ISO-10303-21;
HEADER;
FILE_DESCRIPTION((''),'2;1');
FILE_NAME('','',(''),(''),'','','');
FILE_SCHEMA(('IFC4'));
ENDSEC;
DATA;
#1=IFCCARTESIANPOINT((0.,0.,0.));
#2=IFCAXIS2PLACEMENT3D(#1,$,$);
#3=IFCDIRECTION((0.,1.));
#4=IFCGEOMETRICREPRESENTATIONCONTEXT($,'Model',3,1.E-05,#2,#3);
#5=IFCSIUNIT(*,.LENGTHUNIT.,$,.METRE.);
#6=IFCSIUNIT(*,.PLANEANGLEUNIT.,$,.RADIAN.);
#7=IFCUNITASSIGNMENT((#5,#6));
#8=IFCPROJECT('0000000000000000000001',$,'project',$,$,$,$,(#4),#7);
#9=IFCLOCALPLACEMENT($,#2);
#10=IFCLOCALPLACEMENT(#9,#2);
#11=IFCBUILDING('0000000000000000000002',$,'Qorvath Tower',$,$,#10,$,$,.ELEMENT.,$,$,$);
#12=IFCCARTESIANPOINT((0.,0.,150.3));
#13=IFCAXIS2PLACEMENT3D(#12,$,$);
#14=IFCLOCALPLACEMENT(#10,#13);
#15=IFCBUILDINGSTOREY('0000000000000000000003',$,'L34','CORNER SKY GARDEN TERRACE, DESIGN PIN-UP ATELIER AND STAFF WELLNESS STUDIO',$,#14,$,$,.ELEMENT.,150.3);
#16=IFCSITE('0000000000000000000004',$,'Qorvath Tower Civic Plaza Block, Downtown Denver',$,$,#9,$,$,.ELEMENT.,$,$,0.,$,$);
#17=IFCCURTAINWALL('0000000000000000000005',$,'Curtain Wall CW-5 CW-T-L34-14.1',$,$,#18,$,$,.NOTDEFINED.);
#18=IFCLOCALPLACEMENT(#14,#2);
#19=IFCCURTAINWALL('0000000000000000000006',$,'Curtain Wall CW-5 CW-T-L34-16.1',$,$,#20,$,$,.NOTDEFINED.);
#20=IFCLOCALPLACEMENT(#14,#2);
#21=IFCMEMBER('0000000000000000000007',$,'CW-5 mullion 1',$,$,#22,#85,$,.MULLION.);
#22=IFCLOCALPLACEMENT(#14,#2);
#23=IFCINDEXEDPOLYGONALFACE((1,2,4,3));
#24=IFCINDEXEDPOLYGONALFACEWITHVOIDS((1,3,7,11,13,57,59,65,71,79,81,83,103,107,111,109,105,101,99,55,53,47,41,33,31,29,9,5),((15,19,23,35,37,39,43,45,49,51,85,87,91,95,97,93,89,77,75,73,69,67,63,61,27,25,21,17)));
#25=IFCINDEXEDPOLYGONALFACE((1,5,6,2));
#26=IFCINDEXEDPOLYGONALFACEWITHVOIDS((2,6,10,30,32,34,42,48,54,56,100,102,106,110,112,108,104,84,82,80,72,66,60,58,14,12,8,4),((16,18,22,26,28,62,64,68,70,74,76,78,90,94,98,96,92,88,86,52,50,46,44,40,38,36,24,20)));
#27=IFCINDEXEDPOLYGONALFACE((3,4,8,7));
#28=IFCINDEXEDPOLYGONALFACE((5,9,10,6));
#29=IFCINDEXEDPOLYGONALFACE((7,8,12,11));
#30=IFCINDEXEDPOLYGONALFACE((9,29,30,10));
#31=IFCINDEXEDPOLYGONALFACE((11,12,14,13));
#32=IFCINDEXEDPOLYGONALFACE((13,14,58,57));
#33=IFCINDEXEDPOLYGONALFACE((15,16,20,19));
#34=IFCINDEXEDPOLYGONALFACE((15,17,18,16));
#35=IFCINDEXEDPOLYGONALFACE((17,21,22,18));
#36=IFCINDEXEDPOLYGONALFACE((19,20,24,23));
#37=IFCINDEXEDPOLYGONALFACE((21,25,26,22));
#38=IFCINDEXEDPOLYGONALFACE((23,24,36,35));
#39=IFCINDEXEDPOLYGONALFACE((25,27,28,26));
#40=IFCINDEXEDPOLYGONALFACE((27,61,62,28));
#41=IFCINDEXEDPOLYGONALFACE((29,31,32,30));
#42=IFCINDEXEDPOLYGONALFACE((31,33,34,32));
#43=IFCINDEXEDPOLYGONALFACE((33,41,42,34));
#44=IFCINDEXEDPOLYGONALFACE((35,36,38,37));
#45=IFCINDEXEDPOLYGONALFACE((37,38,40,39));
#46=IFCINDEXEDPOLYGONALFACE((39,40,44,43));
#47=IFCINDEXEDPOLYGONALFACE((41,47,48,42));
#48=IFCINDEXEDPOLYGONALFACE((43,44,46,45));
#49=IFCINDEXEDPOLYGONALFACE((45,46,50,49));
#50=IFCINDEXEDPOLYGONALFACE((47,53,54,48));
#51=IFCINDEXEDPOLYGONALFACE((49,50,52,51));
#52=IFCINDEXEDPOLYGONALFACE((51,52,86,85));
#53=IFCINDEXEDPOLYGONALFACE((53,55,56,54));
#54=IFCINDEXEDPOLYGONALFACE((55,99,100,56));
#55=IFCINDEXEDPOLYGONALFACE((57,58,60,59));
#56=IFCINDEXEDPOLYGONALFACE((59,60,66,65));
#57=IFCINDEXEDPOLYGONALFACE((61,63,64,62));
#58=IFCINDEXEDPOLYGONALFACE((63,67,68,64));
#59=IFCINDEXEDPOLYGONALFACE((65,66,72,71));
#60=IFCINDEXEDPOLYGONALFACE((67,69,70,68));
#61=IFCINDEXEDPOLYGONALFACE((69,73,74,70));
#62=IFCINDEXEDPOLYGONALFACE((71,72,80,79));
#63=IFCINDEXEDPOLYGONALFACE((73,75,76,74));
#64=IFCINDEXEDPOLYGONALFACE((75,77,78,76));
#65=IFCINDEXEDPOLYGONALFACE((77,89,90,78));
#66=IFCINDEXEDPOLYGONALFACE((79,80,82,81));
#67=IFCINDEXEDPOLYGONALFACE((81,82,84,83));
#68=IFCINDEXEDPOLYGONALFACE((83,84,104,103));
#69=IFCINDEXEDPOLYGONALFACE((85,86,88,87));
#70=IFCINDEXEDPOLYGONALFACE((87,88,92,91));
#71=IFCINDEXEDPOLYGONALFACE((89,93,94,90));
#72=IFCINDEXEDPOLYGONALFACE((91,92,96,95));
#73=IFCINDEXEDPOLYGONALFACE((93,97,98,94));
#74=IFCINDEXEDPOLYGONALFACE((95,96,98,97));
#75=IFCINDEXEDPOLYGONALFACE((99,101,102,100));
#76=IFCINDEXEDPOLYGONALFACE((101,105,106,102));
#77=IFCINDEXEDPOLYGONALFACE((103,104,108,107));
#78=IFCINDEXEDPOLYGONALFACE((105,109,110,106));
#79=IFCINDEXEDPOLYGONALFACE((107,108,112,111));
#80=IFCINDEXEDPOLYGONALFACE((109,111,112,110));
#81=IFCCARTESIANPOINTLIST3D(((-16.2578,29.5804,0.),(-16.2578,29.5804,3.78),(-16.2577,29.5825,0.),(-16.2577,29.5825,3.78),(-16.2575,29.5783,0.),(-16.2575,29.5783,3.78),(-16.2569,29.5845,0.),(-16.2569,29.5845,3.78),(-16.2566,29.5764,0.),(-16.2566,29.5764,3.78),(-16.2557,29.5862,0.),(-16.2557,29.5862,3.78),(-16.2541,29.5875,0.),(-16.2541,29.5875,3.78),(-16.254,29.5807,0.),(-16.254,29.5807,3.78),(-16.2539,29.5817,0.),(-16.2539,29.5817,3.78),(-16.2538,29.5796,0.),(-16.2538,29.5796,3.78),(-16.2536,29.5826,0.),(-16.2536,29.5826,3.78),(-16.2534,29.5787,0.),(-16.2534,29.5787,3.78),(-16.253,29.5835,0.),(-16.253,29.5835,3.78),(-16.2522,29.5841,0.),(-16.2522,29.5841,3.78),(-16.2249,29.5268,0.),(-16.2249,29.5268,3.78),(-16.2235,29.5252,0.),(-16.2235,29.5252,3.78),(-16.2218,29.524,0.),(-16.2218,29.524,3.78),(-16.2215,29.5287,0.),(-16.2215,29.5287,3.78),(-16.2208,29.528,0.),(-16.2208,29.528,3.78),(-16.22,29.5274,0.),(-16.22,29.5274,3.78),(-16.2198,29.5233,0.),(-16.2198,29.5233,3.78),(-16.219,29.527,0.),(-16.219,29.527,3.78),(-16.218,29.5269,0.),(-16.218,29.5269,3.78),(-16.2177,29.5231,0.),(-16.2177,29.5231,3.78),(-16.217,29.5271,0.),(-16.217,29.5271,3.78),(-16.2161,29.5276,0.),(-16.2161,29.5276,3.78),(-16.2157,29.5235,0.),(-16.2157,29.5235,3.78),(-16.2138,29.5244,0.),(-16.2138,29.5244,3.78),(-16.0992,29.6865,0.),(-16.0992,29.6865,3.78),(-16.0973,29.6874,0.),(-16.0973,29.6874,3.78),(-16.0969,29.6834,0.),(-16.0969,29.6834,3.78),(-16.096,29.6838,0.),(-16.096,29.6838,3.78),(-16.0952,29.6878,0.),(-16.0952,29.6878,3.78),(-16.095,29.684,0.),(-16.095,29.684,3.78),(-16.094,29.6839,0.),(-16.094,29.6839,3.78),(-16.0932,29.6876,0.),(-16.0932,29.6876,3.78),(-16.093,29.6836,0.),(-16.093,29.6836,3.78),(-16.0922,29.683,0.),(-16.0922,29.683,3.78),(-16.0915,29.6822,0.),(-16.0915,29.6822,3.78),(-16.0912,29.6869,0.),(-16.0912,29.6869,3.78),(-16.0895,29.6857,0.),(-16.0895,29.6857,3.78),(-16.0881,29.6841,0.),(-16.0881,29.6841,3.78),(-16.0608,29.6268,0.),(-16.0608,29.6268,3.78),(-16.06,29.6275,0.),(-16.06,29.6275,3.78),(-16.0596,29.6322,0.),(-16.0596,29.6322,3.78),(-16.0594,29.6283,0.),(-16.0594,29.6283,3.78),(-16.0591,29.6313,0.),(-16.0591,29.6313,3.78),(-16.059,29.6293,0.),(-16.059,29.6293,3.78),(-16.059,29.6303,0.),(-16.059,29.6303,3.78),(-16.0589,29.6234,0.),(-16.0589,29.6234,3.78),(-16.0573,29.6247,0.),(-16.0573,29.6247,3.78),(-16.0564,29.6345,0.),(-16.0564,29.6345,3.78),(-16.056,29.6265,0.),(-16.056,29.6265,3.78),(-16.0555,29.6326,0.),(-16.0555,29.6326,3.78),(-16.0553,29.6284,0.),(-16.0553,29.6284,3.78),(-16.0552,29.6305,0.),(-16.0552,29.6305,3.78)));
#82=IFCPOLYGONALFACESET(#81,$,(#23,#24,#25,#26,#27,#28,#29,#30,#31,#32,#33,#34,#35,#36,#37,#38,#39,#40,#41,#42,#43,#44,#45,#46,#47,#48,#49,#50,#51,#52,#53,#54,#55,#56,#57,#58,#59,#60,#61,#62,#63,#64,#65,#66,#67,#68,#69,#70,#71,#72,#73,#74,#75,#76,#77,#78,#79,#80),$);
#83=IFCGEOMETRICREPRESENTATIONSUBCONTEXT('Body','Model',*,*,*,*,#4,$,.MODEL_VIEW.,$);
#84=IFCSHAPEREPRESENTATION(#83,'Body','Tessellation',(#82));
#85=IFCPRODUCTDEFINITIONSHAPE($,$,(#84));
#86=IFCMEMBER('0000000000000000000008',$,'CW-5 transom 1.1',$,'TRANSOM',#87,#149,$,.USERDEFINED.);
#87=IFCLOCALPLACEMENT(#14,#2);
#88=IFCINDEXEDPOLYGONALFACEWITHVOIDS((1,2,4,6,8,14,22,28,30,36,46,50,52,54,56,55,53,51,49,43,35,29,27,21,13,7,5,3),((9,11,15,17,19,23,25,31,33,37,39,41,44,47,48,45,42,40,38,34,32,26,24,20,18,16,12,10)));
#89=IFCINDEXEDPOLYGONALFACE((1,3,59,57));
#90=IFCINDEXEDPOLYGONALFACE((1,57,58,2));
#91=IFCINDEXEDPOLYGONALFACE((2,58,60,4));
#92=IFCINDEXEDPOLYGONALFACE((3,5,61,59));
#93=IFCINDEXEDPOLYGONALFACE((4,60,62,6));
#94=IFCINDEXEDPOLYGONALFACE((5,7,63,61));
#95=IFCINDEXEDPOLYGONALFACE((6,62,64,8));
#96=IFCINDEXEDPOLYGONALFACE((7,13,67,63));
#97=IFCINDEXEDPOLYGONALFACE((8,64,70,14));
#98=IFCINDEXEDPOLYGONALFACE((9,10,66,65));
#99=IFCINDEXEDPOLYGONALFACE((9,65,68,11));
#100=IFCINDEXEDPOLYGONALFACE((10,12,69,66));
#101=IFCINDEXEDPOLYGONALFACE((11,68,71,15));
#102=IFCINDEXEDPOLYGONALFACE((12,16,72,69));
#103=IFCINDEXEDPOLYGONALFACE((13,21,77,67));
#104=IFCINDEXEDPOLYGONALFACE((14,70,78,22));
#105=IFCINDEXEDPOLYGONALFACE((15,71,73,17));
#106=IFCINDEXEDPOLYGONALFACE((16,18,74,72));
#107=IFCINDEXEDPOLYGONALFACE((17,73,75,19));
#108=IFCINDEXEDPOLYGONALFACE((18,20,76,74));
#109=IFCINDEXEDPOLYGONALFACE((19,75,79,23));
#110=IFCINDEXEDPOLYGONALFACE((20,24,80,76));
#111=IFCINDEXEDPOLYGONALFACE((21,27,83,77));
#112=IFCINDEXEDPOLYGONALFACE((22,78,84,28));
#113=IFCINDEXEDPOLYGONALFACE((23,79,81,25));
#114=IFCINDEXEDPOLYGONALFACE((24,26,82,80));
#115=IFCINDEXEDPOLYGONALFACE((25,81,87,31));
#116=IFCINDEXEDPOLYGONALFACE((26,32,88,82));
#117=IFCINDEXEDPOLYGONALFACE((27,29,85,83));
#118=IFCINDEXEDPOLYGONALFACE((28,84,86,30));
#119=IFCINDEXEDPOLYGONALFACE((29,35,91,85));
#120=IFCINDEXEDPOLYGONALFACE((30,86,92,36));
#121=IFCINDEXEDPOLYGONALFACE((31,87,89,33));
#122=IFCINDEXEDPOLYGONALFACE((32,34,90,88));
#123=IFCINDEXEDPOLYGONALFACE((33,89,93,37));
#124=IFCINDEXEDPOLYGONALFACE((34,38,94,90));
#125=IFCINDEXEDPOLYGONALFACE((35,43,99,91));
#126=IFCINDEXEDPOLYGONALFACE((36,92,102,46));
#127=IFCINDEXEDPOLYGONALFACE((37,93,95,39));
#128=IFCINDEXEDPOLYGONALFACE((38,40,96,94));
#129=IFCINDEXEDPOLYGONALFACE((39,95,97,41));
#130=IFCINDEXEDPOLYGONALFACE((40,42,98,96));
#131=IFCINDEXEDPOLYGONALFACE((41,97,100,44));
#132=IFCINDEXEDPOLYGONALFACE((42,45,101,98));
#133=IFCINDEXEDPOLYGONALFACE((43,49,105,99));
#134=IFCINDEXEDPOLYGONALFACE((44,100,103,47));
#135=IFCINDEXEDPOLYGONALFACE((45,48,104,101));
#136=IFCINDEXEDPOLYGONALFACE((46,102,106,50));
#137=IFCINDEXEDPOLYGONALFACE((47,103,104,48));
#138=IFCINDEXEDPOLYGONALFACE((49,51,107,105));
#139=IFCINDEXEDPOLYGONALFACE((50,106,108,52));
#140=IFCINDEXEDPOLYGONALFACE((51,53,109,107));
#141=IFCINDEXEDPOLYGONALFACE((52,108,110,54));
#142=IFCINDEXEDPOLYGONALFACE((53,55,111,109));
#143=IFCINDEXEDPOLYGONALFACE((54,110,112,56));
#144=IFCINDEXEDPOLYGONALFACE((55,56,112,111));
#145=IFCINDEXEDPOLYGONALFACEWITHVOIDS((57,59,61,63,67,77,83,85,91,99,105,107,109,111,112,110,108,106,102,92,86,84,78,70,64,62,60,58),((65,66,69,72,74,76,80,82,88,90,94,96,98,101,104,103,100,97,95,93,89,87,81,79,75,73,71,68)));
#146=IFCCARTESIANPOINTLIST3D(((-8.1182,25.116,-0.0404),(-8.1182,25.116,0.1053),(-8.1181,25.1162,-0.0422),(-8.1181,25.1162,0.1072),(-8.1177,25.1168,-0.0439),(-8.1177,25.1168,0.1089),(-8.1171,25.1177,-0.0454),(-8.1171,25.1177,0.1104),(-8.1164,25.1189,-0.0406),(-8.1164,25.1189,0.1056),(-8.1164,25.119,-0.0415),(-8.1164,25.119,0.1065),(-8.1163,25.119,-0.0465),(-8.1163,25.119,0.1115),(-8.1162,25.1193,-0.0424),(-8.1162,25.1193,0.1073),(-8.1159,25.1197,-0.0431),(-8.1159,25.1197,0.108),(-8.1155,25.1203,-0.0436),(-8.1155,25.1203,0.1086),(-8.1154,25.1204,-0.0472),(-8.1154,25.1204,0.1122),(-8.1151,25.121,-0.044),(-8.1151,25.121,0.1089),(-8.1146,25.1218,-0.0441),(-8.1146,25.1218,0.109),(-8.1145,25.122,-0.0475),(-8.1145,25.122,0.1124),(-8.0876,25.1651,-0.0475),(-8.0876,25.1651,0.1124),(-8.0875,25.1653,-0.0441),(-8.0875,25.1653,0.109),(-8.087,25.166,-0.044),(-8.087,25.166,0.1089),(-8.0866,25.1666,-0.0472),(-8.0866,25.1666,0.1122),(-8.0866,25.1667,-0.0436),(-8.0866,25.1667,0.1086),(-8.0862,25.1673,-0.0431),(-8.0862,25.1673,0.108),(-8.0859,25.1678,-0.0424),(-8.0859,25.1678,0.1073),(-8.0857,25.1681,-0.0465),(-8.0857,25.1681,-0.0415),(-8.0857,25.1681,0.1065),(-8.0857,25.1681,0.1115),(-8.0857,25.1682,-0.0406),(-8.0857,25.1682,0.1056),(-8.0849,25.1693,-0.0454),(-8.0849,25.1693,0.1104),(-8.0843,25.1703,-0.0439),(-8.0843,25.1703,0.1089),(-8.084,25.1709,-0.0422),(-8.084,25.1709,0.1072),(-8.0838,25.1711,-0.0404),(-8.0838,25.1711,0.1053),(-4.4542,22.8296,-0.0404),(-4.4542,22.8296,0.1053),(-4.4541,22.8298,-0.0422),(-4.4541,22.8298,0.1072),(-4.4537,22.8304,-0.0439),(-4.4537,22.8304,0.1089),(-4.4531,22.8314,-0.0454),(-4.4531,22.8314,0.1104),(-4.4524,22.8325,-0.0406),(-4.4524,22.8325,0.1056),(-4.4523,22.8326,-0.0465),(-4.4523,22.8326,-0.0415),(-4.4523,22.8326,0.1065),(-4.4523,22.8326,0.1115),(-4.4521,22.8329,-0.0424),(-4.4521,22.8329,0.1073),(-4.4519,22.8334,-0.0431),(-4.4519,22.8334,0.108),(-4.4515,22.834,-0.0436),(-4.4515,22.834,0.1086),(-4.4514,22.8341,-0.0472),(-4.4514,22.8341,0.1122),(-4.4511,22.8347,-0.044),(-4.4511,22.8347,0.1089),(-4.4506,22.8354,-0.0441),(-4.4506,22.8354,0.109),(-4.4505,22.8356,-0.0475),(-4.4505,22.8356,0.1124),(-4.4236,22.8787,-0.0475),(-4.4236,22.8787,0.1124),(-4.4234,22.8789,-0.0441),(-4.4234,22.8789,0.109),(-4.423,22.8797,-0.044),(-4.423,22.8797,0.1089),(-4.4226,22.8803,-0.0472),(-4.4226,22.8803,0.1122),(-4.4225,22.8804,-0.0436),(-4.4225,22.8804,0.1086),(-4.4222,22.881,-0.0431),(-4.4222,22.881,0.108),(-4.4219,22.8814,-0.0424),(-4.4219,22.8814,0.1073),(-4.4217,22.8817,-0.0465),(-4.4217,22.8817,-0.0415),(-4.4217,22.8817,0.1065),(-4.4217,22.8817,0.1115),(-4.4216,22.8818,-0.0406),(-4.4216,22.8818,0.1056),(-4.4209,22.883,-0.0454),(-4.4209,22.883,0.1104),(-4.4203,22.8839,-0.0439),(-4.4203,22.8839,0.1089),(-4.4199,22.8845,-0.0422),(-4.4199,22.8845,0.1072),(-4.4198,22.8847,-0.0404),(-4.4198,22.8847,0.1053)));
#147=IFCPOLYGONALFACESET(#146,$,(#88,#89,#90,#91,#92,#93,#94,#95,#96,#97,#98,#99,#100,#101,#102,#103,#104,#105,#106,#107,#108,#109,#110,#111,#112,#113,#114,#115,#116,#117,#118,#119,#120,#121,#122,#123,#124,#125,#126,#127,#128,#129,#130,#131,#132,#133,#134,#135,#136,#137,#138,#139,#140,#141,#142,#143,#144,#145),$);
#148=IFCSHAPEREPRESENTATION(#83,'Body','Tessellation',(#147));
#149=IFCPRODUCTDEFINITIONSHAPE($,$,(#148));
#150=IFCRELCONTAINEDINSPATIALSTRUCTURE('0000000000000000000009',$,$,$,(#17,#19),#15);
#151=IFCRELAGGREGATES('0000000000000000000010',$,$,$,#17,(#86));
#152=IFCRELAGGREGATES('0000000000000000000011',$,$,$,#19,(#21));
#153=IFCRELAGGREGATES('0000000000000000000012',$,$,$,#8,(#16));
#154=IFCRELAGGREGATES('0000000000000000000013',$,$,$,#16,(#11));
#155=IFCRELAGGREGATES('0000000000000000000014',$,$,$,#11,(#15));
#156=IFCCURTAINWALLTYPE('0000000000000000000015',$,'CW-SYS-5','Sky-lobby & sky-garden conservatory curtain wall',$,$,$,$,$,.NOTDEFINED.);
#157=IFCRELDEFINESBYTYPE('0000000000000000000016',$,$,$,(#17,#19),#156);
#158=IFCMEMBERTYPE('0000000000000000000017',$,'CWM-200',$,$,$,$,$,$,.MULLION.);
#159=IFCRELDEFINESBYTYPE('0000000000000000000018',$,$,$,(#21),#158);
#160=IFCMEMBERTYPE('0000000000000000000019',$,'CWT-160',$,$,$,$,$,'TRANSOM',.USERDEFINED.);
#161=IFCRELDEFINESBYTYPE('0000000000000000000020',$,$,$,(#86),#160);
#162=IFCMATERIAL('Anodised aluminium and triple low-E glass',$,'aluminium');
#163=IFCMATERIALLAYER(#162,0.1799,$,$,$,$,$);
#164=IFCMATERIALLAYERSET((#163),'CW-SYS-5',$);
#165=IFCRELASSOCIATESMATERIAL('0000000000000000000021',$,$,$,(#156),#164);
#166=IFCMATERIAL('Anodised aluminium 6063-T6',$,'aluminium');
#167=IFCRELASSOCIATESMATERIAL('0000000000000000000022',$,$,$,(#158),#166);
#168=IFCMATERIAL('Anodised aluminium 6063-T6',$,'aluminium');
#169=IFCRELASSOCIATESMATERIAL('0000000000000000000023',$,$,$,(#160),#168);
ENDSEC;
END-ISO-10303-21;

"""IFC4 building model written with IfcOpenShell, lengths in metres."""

from ifc_helpers import new_model, si_unit, direction, frame, origin, origin_2d, place, context, subcontext, project, spatial, hollow_rectangle, extrude, material, layer, layer_set, material_profile, profile_set, type_object, element, aggregate, save


model = new_model("IFC4")

# Units and contexts
model_context = context("Model", 3, precision=1e-05, world=origin(), true_north=direction((0.0, 1.0)))
body_context = subcontext(model_context, "Body", "Model", "MODEL_VIEW")
ifc_project = project(units=[si_unit("LENGTHUNIT", "METRE"), si_unit("PLANEANGLEUNIT", "RADIAN")], contexts=[model_context])

# Site, building, storey
site_placement = place(None, origin())
site = spatial("IfcSite", under=ifc_project, at=site_placement, Name="Qorvath Tower Civic Plaza Block, Downtown Denver", CompositionType="ELEMENT", RefElevation=0.0)
building_placement = place(site_placement, origin())
building = spatial("IfcBuilding", under=site, at=building_placement, Name="Qorvath Tower", CompositionType="ELEMENT")
storey_placement = place(building_placement, frame((0.0, 0.0, 150.3)))
storey = spatial("IfcBuildingStorey", under=building, at=storey_placement, Name="L34", Description="CORNER SKY GARDEN TERRACE, DESIGN PIN-UP ATELIER AND STAFF WELLNESS STUDIO", CompositionType="ELEMENT", Elevation=150.3)

# Shared definitions
ifc_material_1 = material(Name="Anodised aluminium and triple low-E glass", Category="aluminium")
ifc_layer_1 = layer(ifc_material_1, 0.1799)
ifc_layer_set_1 = layer_set([ifc_layer_1], Name="CW-SYS-5")
curtain_wall_type = type_object("IfcCurtainWallType", Name="CW-SYS-5", Description="Sky-lobby & sky-garden conservatory curtain wall", PredefinedType="NOTDEFINED", material=ifc_layer_set_1)
ifc_material_2 = material(Name="Anodised aluminium 6063-T6", Category="aluminium")
ifc_material_profile_1 = material_profile(ifc_material_2, hollow_rectangle(XDim=0.075, YDim=0.2, WallThickness=0.0039, InnerFilletRadius=0.0039, OuterFilletRadius=0.0081, at=origin_2d()), Name="CWM 200x75")
ifc_profile_set_1 = profile_set([ifc_material_profile_1], Name="Anodised aluminium 6063-T6")
member_type_1 = type_object("IfcMemberType", Name="CWM-200", PredefinedType="MULLION", material=ifc_profile_set_1)

# Curtain wall
curtain_wall_1_placement = place(storey_placement, origin())
curtain_wall_1 = element("IfcCurtainWall", 1, at=curtain_wall_1_placement, inside=storey, type_object=curtain_wall_type, Name="Curtain Wall CW-5 CW-T-L34-14.1", PredefinedType="NOTDEFINED")

# Curtain wall, member
curtain_wall_2_placement = place(storey_placement, origin())
curtain_wall_2 = element("IfcCurtainWall", 2, at=curtain_wall_2_placement, inside=storey, type_object=curtain_wall_type, Name="Curtain Wall CW-5 CW-T-L34-16.1", PredefinedType="NOTDEFINED")
member_1_placement = place(storey_placement, frame((-16.1565, 29.6055, 0.0), z_axis=(0.0, 0.0, 1.0), x_axis=(0.538535, -0.842603, 0.0)))
member_1 = element("IfcMember", 3, at=member_1_placement, type_object=member_type_1, Name="CW-5 mullion 1", PredefinedType="MULLION", context=body_context, shape_type="SweptSolid", body=[
    extrude(hollow_rectangle(XDim=0.075, YDim=0.2, WallThickness=0.0039, InnerFilletRadius=0.0039, OuterFilletRadius=0.0081, at=origin_2d()), origin(), (0.0, 0.0, 1.0), 3.78),
])

# Member
ifc_material_3 = material(Name="Anodised aluminium 6063-T6", Category="aluminium")
ifc_material_profile_2 = material_profile(ifc_material_3, hollow_rectangle(XDim=0.0649, YDim=0.1599, WallThickness=0.0034, InnerFilletRadius=0.0034, OuterFilletRadius=0.0071, at=origin_2d()), Name="CWT 160x65")
ifc_profile_set_2 = profile_set([ifc_material_profile_2], Name="Anodised aluminium 6063-T6")
member_type_2 = type_object("IfcMemberType", Name="CWT-160", ElementType="TRANSOM", PredefinedType="USERDEFINED", material=ifc_profile_set_2)
member_2_placement = place(storey_placement, frame((-4.437, 22.8572, 0.0325), z_axis=(-0.848379, 0.529389, 0.0), x_axis=(-0.529389, -0.848379, 0.0)))
member_2 = element("IfcMember", 4, at=member_2_placement, type_object=member_type_2, Name="CW-5 transom 1.1", ObjectType="TRANSOM", PredefinedType="USERDEFINED", context=body_context, shape_type="SweptSolid", body=[
    extrude(hollow_rectangle(XDim=0.0649, YDim=0.1599, WallThickness=0.0034, InnerFilletRadius=0.0034, OuterFilletRadius=0.0071, at=origin_2d()), origin(), (0.0, 0.0, 1.0), 4.3188),
])

aggregate(curtain_wall_1, [member_2])
aggregate(curtain_wall_2, [member_1])

save(model, "model.ifc")
